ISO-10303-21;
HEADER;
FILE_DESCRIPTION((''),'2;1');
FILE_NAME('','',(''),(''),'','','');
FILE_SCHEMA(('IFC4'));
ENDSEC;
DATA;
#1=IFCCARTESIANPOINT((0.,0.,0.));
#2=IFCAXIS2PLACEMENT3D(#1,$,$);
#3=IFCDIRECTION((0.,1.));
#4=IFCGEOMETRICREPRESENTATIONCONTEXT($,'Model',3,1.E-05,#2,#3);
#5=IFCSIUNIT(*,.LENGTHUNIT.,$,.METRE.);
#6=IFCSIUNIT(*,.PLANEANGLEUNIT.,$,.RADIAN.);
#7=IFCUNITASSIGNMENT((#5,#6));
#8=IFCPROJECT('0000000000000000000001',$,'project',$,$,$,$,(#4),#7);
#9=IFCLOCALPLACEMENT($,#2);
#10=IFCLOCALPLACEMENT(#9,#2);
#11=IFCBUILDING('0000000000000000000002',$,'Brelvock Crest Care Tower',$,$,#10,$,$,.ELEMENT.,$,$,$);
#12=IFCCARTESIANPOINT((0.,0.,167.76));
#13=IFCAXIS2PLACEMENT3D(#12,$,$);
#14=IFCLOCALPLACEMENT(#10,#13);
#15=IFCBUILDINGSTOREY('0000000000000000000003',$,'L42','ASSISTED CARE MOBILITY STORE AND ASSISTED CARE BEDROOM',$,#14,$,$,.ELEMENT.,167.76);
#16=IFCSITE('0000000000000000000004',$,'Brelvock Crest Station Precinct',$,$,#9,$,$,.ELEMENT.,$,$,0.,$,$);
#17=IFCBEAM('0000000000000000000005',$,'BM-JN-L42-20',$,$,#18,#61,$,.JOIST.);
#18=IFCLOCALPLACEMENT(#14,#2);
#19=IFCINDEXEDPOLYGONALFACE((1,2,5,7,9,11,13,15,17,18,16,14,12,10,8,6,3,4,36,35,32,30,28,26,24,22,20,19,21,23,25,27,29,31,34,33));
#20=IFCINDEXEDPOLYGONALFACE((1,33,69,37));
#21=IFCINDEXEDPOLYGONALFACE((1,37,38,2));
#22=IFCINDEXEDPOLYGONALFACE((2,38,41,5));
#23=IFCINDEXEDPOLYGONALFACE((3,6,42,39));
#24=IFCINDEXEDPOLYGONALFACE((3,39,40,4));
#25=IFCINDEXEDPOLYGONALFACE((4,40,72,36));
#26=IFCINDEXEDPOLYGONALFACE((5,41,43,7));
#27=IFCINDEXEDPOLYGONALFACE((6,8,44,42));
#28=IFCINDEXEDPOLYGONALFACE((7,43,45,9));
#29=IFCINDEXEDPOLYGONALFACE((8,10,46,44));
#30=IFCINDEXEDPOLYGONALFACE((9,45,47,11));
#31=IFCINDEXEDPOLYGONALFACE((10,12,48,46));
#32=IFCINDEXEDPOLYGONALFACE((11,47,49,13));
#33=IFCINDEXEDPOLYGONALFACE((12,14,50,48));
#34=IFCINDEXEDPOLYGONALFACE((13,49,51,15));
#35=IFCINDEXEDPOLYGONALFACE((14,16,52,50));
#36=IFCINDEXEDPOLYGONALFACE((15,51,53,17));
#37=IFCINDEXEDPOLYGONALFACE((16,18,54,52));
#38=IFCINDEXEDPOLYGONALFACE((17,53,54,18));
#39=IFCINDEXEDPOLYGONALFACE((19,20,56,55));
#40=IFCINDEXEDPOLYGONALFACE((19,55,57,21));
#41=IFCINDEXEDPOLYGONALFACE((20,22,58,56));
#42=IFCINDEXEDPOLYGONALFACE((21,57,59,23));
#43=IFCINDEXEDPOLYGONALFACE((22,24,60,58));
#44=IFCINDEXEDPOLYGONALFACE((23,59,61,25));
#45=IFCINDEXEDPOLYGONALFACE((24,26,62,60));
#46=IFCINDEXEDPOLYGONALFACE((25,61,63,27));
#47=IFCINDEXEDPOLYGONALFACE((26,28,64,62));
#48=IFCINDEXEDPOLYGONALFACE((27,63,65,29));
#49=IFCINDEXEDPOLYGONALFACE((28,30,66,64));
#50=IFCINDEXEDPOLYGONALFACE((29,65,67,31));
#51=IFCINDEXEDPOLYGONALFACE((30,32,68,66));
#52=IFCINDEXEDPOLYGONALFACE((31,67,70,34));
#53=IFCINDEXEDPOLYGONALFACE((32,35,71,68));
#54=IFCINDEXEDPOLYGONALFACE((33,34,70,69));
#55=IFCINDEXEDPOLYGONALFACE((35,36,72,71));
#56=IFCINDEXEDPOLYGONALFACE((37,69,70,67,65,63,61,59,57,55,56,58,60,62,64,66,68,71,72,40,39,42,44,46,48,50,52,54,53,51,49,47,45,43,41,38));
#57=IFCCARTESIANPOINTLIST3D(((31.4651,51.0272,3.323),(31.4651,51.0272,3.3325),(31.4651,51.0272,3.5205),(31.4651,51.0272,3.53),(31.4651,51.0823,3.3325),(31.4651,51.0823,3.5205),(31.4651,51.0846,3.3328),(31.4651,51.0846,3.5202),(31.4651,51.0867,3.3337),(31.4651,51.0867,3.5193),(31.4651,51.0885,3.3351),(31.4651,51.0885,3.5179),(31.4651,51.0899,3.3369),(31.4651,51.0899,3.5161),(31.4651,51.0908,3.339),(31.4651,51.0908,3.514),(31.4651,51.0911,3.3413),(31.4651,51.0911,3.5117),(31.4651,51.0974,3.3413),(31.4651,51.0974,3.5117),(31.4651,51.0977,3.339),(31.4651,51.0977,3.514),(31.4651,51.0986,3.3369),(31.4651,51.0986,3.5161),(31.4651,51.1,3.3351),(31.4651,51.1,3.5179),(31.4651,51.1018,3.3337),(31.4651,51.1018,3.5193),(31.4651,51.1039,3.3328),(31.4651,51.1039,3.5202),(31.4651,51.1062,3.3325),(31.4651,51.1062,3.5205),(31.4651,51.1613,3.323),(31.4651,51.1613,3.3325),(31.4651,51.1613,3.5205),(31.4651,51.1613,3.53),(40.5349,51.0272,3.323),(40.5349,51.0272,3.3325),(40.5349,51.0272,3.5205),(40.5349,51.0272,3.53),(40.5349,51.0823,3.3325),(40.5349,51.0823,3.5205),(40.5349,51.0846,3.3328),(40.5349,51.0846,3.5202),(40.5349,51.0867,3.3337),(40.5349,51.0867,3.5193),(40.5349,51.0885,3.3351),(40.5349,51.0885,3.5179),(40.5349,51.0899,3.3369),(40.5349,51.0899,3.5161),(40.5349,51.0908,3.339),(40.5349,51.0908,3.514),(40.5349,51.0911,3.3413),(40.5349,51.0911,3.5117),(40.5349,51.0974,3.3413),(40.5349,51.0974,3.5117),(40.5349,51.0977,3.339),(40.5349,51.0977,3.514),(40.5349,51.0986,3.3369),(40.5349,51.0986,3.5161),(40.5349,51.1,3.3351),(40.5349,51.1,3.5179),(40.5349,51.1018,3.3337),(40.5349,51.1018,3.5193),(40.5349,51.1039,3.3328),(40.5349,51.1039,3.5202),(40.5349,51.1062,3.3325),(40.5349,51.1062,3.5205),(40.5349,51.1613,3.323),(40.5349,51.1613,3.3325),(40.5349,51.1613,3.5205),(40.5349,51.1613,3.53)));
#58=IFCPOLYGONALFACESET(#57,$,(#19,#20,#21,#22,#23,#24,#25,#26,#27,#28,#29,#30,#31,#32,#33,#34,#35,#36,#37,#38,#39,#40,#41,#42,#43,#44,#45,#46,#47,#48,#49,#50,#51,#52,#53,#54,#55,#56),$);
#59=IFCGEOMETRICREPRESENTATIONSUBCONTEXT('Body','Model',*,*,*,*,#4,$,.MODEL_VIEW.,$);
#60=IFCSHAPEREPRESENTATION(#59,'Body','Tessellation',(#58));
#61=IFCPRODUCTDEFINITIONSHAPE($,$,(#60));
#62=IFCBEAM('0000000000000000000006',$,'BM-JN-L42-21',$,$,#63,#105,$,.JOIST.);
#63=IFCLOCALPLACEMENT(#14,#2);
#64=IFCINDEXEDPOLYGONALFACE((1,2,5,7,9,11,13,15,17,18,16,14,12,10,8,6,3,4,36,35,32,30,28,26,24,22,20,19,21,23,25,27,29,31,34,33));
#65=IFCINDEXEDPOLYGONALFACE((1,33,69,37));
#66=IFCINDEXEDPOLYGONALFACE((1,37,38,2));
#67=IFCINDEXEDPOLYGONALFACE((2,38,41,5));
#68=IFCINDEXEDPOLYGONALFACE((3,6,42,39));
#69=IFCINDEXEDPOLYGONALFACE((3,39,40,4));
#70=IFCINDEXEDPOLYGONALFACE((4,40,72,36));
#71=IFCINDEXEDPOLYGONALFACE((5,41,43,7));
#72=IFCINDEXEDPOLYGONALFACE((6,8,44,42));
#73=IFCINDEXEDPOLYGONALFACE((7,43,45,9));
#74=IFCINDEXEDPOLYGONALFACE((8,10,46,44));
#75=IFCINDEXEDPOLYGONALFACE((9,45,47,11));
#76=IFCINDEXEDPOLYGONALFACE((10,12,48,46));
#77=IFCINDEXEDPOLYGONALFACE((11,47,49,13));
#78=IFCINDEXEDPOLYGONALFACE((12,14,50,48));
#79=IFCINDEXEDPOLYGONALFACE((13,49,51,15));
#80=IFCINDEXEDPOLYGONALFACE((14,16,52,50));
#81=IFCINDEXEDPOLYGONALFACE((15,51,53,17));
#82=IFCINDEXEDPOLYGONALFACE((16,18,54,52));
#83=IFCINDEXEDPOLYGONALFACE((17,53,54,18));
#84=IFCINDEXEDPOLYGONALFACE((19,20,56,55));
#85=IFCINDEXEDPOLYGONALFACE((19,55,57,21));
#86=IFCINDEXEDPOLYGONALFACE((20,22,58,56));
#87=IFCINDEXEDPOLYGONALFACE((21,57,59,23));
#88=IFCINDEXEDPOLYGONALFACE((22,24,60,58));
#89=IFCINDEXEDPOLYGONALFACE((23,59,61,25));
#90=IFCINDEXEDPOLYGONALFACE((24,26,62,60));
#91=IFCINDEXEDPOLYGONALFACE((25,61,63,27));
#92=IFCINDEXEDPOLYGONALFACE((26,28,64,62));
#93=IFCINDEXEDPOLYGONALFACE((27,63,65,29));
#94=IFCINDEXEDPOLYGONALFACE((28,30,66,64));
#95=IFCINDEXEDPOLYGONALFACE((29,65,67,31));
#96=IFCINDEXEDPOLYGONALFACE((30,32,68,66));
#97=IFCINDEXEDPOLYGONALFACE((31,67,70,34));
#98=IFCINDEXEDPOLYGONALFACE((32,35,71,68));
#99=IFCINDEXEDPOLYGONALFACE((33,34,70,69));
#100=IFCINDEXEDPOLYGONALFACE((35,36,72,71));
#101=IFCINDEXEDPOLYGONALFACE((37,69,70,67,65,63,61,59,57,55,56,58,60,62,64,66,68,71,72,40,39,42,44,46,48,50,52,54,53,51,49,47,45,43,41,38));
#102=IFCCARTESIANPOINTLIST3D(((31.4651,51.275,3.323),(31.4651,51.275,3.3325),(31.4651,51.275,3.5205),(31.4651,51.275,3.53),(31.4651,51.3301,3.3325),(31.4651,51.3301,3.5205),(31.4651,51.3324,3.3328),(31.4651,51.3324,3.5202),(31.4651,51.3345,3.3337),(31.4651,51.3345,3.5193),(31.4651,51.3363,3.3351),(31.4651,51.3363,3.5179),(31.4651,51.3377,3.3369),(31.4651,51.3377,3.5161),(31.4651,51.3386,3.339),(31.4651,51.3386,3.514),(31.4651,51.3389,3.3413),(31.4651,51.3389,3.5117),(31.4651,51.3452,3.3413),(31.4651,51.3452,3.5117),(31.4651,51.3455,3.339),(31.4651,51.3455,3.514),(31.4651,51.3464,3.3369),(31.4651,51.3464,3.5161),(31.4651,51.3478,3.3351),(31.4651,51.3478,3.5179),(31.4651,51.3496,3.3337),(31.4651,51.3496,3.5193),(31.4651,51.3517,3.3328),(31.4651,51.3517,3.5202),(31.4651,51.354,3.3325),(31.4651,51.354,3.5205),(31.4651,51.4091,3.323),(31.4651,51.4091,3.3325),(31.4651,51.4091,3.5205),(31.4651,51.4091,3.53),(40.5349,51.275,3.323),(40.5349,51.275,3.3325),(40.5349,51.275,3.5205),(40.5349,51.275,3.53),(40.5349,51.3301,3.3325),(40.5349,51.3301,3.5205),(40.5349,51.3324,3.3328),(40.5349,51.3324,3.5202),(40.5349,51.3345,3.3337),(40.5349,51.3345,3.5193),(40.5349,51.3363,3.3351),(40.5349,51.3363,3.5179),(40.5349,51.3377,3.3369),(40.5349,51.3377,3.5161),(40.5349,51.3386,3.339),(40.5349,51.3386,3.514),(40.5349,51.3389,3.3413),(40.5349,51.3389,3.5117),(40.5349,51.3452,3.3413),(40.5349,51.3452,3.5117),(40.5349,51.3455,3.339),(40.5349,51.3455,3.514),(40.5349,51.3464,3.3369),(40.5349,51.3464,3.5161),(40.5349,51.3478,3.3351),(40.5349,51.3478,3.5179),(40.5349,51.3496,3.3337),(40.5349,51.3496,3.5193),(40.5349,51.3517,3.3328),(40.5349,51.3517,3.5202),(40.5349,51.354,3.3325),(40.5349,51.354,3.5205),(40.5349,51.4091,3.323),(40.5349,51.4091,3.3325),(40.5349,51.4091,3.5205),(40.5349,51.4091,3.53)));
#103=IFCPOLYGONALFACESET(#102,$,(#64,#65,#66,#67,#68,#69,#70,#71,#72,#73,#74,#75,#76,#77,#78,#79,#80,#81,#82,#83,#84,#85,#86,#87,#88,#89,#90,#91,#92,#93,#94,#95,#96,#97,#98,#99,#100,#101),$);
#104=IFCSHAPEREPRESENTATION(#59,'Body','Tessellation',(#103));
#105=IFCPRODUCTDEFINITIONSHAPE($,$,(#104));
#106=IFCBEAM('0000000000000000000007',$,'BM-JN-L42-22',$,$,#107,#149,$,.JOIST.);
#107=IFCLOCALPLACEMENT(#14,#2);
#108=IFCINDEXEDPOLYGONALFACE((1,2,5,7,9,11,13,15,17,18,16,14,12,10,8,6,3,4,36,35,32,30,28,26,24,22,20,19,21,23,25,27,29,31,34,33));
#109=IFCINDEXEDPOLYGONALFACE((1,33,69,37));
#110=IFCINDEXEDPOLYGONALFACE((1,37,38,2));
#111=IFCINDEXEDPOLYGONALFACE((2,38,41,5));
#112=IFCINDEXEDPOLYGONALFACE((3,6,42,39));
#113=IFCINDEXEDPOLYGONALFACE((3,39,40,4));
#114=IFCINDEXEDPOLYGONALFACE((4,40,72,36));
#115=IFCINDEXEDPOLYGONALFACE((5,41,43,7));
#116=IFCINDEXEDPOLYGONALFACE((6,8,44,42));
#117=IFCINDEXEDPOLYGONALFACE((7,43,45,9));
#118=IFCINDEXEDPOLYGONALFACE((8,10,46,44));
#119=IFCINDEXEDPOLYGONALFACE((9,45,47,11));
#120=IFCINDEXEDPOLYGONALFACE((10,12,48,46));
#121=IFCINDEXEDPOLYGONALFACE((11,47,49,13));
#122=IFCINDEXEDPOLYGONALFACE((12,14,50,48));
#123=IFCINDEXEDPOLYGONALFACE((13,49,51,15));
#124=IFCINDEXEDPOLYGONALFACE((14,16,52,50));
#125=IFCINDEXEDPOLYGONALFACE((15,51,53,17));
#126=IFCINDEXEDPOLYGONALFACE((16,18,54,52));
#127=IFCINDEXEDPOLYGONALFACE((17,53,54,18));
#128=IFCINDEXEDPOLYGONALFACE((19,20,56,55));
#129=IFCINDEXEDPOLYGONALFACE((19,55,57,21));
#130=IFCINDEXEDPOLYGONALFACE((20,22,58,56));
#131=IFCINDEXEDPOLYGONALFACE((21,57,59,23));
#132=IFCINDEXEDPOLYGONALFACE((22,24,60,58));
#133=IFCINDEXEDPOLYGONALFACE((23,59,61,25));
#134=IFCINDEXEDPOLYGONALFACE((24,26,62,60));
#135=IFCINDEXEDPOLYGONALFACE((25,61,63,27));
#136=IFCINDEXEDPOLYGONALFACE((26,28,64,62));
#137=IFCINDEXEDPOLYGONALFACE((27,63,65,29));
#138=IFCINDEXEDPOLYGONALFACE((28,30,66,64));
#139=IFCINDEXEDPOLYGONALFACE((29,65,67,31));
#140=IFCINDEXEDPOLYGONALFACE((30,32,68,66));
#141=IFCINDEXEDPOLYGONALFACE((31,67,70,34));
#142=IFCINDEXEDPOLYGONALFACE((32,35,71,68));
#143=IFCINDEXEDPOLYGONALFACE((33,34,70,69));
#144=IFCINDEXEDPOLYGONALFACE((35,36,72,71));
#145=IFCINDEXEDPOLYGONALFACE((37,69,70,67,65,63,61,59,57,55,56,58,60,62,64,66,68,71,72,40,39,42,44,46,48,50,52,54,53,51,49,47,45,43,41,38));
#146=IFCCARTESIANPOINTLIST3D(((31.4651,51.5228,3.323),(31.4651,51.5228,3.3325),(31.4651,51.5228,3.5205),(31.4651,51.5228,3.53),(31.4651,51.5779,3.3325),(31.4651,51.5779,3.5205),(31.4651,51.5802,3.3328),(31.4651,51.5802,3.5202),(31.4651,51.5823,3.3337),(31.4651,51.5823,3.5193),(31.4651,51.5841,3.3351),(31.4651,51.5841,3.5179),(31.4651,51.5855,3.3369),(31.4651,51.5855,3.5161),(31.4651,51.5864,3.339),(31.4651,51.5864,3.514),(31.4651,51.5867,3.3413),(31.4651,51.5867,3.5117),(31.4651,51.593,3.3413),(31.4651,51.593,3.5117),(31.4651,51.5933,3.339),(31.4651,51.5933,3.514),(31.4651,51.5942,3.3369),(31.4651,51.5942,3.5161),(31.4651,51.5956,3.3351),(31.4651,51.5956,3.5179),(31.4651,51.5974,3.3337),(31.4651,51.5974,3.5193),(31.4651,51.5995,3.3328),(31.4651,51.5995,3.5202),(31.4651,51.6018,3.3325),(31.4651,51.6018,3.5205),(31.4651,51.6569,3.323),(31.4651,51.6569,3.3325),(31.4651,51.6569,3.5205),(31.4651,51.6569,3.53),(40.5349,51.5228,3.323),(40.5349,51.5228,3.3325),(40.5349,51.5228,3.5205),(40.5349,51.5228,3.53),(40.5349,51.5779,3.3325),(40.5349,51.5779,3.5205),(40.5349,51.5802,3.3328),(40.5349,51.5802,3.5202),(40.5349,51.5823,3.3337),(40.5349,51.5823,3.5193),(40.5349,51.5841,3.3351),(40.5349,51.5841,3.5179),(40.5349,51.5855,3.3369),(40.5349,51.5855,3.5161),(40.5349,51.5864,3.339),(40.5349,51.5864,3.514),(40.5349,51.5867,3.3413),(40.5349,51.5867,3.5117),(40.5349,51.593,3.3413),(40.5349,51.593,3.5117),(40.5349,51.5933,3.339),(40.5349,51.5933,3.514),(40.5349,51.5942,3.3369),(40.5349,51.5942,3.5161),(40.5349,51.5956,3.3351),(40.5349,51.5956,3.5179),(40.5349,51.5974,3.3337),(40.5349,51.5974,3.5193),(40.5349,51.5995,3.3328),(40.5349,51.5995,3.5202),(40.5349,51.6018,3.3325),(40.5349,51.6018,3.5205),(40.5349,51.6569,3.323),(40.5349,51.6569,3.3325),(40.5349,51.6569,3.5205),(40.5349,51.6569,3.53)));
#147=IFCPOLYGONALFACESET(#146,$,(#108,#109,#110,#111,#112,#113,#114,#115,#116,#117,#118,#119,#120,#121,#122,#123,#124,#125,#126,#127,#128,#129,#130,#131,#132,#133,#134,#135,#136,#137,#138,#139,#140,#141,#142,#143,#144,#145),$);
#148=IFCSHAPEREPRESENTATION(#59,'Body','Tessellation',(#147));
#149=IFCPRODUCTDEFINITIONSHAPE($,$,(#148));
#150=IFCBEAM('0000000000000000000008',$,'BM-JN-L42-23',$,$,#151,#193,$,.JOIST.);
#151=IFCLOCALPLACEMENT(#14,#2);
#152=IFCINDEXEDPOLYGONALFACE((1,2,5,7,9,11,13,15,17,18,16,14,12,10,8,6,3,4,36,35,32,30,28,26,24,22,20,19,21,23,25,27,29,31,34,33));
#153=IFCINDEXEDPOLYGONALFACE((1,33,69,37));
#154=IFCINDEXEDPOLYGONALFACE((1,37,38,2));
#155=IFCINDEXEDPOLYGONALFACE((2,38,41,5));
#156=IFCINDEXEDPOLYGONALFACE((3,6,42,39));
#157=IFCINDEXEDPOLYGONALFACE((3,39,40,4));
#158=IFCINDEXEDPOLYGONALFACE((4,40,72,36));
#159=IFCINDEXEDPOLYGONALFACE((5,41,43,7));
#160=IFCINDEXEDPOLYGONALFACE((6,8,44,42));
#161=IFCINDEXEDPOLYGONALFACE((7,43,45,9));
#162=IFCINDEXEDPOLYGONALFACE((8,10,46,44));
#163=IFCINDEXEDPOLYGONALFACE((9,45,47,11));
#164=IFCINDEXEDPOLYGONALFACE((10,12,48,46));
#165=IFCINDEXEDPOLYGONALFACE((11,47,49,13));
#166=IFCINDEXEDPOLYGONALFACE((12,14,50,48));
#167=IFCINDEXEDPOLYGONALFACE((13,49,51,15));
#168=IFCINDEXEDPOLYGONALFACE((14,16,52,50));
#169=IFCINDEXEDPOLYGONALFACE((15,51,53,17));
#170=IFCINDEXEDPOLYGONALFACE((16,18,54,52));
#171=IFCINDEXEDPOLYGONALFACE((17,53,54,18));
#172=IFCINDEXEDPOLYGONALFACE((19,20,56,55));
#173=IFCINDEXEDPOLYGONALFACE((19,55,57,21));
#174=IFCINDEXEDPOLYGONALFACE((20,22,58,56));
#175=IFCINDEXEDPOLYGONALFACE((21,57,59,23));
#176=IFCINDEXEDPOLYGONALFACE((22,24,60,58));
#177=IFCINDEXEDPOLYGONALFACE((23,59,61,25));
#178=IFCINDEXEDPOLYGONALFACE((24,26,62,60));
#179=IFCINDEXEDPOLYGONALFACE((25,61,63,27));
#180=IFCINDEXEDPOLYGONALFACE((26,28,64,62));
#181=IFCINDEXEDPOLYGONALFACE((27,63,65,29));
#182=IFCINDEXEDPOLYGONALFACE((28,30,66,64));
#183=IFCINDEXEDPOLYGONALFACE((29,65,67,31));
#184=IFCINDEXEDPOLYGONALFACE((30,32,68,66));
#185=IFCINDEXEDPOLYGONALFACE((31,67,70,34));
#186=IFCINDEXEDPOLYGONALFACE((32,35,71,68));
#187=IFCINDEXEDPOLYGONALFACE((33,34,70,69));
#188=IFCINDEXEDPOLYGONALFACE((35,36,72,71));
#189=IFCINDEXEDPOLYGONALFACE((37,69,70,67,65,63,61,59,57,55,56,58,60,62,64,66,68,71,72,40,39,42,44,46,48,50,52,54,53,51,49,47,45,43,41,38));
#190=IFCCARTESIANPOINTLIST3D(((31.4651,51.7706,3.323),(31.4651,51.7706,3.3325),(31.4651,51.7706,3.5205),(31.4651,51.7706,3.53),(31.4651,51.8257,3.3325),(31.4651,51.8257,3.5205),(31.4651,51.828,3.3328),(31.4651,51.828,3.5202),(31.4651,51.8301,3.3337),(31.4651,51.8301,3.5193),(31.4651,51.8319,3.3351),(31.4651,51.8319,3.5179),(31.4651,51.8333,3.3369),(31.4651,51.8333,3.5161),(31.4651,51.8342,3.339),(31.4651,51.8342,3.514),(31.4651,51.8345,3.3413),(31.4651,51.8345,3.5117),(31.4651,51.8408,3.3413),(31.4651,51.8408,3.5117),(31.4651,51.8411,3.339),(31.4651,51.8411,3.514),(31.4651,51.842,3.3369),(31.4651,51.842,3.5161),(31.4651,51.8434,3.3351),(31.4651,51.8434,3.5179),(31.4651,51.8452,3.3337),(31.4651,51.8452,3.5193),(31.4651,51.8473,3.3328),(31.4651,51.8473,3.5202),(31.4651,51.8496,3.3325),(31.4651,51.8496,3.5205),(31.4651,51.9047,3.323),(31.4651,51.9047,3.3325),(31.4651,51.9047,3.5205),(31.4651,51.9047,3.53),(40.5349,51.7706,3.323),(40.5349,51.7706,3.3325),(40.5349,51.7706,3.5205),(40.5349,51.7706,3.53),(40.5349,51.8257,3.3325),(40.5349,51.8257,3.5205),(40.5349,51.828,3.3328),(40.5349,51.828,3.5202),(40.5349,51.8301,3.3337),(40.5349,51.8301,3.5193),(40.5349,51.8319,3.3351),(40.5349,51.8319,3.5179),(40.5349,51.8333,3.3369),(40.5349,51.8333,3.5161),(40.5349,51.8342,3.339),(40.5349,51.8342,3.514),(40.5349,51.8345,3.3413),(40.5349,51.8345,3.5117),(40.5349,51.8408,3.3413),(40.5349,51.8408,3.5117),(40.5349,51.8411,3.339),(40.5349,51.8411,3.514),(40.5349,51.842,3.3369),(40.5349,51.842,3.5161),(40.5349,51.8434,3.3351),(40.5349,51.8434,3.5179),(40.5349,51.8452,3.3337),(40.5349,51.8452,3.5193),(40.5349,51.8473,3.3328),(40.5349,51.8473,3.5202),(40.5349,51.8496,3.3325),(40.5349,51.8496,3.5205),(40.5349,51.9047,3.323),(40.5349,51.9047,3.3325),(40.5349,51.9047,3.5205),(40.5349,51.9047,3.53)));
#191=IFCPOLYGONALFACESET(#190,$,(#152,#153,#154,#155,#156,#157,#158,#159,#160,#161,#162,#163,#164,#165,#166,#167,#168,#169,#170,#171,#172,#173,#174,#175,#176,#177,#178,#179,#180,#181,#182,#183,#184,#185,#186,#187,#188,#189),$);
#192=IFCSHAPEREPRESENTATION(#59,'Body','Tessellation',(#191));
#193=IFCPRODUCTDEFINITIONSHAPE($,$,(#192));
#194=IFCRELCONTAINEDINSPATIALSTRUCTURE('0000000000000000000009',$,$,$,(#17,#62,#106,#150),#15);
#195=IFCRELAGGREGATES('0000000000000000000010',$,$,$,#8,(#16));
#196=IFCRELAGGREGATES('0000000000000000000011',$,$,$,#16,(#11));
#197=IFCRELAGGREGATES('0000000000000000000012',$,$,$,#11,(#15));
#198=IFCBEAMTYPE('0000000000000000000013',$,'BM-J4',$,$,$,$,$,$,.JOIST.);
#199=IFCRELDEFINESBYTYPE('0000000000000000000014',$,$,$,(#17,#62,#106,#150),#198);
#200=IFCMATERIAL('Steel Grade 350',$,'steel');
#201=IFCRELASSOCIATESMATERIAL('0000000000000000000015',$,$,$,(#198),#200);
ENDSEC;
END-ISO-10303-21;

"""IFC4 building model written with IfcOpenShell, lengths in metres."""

from ifc_helpers import new_model, si_unit, direction, frame, origin, origin_2d, place, context, subcontext, project, spatial, i_section, extrude, source, transform, mapped, material, material_profile, profile_set, type_object, element, save


model = new_model("IFC4")

# Units and contexts
model_context = context("Model", 3, precision=1e-05, world=origin(), true_north=direction((0.0, 1.0)))
body_context = subcontext(model_context, "Body", "Model", "MODEL_VIEW")
ifc_project = project(units=[si_unit("LENGTHUNIT", "METRE"), si_unit("PLANEANGLEUNIT", "RADIAN")], contexts=[model_context])

# Site, building, storey
site_placement = place(None, origin())
site = spatial("IfcSite", under=ifc_project, at=site_placement, Name="Brelvock Crest Station Precinct", CompositionType="ELEMENT", RefElevation=0.0)
building_placement = place(site_placement, origin())
building = spatial("IfcBuilding", under=site, at=building_placement, Name="Brelvock Crest Care Tower", CompositionType="ELEMENT")
storey_placement = place(building_placement, frame((0.0, 0.0, 167.76)))
storey = spatial("IfcBuildingStorey", under=building, at=storey_placement, Name="L42", Description="ASSISTED CARE MOBILITY STORE AND ASSISTED CARE BEDROOM", CompositionType="ELEMENT", Elevation=167.76)

# Shared definitions
ifc_material_1 = material(Name="Steel Grade 350", Category="steel")

# Beams
ifc_material_profile_1 = material_profile(ifc_material_1, i_section(OverallWidth=0.134, OverallDepth=0.207, WebThickness=0.0063, FlangeThickness=0.0095, FilletRadius=0.0088, at=origin_2d()), Name="200UB29.8")
ifc_profile_set_1 = profile_set([ifc_material_profile_1], Name="Steel Grade 350")
beam_type_1 = type_object("IfcBeamType", Name="BM-J4", PredefinedType="JOIST", material=ifc_profile_set_1)
shared_shape_1 = source(origin(), body_context, "Body", "SweptSolid", [
    extrude(i_section(OverallWidth=0.134, OverallDepth=0.207, WebThickness=0.0063, FlangeThickness=0.0095, FilletRadius=0.0088, at=origin_2d()), origin(), (0.0, 0.0, 1.0), 9.0698),
])
for number, where, z_axis, x_axis, name in (
    (1, (31.4651, 51.0942, 3.4265), (1.0, 0.0, 0.0), (0.0, 1.0, 0.0), "BM-JN-L42-20"),
    (2, (31.4651, 51.342, 3.4265), (1.0, 0.0, 0.0), (0.0, 1.0, 0.0), "BM-JN-L42-21"),
    (3, (31.4651, 51.5898, 3.4265), (1.0, 0.0, 0.0), (0.0, 1.0, 0.0), "BM-JN-L42-22"),
    (4, (31.4651, 51.8376, 3.4265), (1.0, 0.0, 0.0), (0.0, 1.0, 0.0), "BM-JN-L42-23"),
):
    element("IfcBeam", number, at=place(storey_placement, frame(where, z_axis=z_axis, x_axis=x_axis)), inside=storey, type_object=beam_type_1, Name=name, PredefinedType="JOIST", context=body_context, shape_type="MappedRepresentation", body=[
        mapped(shared_shape_1, transform((0.0, 0.0, 0.0), x_axis=(1.0, 0.0, 0.0), y_axis=(0.0, 1.0, 0.0), z_axis=(0.0, 0.0, 1.0), scale=1.0)),
    ])

save(model, "model.ifc")
